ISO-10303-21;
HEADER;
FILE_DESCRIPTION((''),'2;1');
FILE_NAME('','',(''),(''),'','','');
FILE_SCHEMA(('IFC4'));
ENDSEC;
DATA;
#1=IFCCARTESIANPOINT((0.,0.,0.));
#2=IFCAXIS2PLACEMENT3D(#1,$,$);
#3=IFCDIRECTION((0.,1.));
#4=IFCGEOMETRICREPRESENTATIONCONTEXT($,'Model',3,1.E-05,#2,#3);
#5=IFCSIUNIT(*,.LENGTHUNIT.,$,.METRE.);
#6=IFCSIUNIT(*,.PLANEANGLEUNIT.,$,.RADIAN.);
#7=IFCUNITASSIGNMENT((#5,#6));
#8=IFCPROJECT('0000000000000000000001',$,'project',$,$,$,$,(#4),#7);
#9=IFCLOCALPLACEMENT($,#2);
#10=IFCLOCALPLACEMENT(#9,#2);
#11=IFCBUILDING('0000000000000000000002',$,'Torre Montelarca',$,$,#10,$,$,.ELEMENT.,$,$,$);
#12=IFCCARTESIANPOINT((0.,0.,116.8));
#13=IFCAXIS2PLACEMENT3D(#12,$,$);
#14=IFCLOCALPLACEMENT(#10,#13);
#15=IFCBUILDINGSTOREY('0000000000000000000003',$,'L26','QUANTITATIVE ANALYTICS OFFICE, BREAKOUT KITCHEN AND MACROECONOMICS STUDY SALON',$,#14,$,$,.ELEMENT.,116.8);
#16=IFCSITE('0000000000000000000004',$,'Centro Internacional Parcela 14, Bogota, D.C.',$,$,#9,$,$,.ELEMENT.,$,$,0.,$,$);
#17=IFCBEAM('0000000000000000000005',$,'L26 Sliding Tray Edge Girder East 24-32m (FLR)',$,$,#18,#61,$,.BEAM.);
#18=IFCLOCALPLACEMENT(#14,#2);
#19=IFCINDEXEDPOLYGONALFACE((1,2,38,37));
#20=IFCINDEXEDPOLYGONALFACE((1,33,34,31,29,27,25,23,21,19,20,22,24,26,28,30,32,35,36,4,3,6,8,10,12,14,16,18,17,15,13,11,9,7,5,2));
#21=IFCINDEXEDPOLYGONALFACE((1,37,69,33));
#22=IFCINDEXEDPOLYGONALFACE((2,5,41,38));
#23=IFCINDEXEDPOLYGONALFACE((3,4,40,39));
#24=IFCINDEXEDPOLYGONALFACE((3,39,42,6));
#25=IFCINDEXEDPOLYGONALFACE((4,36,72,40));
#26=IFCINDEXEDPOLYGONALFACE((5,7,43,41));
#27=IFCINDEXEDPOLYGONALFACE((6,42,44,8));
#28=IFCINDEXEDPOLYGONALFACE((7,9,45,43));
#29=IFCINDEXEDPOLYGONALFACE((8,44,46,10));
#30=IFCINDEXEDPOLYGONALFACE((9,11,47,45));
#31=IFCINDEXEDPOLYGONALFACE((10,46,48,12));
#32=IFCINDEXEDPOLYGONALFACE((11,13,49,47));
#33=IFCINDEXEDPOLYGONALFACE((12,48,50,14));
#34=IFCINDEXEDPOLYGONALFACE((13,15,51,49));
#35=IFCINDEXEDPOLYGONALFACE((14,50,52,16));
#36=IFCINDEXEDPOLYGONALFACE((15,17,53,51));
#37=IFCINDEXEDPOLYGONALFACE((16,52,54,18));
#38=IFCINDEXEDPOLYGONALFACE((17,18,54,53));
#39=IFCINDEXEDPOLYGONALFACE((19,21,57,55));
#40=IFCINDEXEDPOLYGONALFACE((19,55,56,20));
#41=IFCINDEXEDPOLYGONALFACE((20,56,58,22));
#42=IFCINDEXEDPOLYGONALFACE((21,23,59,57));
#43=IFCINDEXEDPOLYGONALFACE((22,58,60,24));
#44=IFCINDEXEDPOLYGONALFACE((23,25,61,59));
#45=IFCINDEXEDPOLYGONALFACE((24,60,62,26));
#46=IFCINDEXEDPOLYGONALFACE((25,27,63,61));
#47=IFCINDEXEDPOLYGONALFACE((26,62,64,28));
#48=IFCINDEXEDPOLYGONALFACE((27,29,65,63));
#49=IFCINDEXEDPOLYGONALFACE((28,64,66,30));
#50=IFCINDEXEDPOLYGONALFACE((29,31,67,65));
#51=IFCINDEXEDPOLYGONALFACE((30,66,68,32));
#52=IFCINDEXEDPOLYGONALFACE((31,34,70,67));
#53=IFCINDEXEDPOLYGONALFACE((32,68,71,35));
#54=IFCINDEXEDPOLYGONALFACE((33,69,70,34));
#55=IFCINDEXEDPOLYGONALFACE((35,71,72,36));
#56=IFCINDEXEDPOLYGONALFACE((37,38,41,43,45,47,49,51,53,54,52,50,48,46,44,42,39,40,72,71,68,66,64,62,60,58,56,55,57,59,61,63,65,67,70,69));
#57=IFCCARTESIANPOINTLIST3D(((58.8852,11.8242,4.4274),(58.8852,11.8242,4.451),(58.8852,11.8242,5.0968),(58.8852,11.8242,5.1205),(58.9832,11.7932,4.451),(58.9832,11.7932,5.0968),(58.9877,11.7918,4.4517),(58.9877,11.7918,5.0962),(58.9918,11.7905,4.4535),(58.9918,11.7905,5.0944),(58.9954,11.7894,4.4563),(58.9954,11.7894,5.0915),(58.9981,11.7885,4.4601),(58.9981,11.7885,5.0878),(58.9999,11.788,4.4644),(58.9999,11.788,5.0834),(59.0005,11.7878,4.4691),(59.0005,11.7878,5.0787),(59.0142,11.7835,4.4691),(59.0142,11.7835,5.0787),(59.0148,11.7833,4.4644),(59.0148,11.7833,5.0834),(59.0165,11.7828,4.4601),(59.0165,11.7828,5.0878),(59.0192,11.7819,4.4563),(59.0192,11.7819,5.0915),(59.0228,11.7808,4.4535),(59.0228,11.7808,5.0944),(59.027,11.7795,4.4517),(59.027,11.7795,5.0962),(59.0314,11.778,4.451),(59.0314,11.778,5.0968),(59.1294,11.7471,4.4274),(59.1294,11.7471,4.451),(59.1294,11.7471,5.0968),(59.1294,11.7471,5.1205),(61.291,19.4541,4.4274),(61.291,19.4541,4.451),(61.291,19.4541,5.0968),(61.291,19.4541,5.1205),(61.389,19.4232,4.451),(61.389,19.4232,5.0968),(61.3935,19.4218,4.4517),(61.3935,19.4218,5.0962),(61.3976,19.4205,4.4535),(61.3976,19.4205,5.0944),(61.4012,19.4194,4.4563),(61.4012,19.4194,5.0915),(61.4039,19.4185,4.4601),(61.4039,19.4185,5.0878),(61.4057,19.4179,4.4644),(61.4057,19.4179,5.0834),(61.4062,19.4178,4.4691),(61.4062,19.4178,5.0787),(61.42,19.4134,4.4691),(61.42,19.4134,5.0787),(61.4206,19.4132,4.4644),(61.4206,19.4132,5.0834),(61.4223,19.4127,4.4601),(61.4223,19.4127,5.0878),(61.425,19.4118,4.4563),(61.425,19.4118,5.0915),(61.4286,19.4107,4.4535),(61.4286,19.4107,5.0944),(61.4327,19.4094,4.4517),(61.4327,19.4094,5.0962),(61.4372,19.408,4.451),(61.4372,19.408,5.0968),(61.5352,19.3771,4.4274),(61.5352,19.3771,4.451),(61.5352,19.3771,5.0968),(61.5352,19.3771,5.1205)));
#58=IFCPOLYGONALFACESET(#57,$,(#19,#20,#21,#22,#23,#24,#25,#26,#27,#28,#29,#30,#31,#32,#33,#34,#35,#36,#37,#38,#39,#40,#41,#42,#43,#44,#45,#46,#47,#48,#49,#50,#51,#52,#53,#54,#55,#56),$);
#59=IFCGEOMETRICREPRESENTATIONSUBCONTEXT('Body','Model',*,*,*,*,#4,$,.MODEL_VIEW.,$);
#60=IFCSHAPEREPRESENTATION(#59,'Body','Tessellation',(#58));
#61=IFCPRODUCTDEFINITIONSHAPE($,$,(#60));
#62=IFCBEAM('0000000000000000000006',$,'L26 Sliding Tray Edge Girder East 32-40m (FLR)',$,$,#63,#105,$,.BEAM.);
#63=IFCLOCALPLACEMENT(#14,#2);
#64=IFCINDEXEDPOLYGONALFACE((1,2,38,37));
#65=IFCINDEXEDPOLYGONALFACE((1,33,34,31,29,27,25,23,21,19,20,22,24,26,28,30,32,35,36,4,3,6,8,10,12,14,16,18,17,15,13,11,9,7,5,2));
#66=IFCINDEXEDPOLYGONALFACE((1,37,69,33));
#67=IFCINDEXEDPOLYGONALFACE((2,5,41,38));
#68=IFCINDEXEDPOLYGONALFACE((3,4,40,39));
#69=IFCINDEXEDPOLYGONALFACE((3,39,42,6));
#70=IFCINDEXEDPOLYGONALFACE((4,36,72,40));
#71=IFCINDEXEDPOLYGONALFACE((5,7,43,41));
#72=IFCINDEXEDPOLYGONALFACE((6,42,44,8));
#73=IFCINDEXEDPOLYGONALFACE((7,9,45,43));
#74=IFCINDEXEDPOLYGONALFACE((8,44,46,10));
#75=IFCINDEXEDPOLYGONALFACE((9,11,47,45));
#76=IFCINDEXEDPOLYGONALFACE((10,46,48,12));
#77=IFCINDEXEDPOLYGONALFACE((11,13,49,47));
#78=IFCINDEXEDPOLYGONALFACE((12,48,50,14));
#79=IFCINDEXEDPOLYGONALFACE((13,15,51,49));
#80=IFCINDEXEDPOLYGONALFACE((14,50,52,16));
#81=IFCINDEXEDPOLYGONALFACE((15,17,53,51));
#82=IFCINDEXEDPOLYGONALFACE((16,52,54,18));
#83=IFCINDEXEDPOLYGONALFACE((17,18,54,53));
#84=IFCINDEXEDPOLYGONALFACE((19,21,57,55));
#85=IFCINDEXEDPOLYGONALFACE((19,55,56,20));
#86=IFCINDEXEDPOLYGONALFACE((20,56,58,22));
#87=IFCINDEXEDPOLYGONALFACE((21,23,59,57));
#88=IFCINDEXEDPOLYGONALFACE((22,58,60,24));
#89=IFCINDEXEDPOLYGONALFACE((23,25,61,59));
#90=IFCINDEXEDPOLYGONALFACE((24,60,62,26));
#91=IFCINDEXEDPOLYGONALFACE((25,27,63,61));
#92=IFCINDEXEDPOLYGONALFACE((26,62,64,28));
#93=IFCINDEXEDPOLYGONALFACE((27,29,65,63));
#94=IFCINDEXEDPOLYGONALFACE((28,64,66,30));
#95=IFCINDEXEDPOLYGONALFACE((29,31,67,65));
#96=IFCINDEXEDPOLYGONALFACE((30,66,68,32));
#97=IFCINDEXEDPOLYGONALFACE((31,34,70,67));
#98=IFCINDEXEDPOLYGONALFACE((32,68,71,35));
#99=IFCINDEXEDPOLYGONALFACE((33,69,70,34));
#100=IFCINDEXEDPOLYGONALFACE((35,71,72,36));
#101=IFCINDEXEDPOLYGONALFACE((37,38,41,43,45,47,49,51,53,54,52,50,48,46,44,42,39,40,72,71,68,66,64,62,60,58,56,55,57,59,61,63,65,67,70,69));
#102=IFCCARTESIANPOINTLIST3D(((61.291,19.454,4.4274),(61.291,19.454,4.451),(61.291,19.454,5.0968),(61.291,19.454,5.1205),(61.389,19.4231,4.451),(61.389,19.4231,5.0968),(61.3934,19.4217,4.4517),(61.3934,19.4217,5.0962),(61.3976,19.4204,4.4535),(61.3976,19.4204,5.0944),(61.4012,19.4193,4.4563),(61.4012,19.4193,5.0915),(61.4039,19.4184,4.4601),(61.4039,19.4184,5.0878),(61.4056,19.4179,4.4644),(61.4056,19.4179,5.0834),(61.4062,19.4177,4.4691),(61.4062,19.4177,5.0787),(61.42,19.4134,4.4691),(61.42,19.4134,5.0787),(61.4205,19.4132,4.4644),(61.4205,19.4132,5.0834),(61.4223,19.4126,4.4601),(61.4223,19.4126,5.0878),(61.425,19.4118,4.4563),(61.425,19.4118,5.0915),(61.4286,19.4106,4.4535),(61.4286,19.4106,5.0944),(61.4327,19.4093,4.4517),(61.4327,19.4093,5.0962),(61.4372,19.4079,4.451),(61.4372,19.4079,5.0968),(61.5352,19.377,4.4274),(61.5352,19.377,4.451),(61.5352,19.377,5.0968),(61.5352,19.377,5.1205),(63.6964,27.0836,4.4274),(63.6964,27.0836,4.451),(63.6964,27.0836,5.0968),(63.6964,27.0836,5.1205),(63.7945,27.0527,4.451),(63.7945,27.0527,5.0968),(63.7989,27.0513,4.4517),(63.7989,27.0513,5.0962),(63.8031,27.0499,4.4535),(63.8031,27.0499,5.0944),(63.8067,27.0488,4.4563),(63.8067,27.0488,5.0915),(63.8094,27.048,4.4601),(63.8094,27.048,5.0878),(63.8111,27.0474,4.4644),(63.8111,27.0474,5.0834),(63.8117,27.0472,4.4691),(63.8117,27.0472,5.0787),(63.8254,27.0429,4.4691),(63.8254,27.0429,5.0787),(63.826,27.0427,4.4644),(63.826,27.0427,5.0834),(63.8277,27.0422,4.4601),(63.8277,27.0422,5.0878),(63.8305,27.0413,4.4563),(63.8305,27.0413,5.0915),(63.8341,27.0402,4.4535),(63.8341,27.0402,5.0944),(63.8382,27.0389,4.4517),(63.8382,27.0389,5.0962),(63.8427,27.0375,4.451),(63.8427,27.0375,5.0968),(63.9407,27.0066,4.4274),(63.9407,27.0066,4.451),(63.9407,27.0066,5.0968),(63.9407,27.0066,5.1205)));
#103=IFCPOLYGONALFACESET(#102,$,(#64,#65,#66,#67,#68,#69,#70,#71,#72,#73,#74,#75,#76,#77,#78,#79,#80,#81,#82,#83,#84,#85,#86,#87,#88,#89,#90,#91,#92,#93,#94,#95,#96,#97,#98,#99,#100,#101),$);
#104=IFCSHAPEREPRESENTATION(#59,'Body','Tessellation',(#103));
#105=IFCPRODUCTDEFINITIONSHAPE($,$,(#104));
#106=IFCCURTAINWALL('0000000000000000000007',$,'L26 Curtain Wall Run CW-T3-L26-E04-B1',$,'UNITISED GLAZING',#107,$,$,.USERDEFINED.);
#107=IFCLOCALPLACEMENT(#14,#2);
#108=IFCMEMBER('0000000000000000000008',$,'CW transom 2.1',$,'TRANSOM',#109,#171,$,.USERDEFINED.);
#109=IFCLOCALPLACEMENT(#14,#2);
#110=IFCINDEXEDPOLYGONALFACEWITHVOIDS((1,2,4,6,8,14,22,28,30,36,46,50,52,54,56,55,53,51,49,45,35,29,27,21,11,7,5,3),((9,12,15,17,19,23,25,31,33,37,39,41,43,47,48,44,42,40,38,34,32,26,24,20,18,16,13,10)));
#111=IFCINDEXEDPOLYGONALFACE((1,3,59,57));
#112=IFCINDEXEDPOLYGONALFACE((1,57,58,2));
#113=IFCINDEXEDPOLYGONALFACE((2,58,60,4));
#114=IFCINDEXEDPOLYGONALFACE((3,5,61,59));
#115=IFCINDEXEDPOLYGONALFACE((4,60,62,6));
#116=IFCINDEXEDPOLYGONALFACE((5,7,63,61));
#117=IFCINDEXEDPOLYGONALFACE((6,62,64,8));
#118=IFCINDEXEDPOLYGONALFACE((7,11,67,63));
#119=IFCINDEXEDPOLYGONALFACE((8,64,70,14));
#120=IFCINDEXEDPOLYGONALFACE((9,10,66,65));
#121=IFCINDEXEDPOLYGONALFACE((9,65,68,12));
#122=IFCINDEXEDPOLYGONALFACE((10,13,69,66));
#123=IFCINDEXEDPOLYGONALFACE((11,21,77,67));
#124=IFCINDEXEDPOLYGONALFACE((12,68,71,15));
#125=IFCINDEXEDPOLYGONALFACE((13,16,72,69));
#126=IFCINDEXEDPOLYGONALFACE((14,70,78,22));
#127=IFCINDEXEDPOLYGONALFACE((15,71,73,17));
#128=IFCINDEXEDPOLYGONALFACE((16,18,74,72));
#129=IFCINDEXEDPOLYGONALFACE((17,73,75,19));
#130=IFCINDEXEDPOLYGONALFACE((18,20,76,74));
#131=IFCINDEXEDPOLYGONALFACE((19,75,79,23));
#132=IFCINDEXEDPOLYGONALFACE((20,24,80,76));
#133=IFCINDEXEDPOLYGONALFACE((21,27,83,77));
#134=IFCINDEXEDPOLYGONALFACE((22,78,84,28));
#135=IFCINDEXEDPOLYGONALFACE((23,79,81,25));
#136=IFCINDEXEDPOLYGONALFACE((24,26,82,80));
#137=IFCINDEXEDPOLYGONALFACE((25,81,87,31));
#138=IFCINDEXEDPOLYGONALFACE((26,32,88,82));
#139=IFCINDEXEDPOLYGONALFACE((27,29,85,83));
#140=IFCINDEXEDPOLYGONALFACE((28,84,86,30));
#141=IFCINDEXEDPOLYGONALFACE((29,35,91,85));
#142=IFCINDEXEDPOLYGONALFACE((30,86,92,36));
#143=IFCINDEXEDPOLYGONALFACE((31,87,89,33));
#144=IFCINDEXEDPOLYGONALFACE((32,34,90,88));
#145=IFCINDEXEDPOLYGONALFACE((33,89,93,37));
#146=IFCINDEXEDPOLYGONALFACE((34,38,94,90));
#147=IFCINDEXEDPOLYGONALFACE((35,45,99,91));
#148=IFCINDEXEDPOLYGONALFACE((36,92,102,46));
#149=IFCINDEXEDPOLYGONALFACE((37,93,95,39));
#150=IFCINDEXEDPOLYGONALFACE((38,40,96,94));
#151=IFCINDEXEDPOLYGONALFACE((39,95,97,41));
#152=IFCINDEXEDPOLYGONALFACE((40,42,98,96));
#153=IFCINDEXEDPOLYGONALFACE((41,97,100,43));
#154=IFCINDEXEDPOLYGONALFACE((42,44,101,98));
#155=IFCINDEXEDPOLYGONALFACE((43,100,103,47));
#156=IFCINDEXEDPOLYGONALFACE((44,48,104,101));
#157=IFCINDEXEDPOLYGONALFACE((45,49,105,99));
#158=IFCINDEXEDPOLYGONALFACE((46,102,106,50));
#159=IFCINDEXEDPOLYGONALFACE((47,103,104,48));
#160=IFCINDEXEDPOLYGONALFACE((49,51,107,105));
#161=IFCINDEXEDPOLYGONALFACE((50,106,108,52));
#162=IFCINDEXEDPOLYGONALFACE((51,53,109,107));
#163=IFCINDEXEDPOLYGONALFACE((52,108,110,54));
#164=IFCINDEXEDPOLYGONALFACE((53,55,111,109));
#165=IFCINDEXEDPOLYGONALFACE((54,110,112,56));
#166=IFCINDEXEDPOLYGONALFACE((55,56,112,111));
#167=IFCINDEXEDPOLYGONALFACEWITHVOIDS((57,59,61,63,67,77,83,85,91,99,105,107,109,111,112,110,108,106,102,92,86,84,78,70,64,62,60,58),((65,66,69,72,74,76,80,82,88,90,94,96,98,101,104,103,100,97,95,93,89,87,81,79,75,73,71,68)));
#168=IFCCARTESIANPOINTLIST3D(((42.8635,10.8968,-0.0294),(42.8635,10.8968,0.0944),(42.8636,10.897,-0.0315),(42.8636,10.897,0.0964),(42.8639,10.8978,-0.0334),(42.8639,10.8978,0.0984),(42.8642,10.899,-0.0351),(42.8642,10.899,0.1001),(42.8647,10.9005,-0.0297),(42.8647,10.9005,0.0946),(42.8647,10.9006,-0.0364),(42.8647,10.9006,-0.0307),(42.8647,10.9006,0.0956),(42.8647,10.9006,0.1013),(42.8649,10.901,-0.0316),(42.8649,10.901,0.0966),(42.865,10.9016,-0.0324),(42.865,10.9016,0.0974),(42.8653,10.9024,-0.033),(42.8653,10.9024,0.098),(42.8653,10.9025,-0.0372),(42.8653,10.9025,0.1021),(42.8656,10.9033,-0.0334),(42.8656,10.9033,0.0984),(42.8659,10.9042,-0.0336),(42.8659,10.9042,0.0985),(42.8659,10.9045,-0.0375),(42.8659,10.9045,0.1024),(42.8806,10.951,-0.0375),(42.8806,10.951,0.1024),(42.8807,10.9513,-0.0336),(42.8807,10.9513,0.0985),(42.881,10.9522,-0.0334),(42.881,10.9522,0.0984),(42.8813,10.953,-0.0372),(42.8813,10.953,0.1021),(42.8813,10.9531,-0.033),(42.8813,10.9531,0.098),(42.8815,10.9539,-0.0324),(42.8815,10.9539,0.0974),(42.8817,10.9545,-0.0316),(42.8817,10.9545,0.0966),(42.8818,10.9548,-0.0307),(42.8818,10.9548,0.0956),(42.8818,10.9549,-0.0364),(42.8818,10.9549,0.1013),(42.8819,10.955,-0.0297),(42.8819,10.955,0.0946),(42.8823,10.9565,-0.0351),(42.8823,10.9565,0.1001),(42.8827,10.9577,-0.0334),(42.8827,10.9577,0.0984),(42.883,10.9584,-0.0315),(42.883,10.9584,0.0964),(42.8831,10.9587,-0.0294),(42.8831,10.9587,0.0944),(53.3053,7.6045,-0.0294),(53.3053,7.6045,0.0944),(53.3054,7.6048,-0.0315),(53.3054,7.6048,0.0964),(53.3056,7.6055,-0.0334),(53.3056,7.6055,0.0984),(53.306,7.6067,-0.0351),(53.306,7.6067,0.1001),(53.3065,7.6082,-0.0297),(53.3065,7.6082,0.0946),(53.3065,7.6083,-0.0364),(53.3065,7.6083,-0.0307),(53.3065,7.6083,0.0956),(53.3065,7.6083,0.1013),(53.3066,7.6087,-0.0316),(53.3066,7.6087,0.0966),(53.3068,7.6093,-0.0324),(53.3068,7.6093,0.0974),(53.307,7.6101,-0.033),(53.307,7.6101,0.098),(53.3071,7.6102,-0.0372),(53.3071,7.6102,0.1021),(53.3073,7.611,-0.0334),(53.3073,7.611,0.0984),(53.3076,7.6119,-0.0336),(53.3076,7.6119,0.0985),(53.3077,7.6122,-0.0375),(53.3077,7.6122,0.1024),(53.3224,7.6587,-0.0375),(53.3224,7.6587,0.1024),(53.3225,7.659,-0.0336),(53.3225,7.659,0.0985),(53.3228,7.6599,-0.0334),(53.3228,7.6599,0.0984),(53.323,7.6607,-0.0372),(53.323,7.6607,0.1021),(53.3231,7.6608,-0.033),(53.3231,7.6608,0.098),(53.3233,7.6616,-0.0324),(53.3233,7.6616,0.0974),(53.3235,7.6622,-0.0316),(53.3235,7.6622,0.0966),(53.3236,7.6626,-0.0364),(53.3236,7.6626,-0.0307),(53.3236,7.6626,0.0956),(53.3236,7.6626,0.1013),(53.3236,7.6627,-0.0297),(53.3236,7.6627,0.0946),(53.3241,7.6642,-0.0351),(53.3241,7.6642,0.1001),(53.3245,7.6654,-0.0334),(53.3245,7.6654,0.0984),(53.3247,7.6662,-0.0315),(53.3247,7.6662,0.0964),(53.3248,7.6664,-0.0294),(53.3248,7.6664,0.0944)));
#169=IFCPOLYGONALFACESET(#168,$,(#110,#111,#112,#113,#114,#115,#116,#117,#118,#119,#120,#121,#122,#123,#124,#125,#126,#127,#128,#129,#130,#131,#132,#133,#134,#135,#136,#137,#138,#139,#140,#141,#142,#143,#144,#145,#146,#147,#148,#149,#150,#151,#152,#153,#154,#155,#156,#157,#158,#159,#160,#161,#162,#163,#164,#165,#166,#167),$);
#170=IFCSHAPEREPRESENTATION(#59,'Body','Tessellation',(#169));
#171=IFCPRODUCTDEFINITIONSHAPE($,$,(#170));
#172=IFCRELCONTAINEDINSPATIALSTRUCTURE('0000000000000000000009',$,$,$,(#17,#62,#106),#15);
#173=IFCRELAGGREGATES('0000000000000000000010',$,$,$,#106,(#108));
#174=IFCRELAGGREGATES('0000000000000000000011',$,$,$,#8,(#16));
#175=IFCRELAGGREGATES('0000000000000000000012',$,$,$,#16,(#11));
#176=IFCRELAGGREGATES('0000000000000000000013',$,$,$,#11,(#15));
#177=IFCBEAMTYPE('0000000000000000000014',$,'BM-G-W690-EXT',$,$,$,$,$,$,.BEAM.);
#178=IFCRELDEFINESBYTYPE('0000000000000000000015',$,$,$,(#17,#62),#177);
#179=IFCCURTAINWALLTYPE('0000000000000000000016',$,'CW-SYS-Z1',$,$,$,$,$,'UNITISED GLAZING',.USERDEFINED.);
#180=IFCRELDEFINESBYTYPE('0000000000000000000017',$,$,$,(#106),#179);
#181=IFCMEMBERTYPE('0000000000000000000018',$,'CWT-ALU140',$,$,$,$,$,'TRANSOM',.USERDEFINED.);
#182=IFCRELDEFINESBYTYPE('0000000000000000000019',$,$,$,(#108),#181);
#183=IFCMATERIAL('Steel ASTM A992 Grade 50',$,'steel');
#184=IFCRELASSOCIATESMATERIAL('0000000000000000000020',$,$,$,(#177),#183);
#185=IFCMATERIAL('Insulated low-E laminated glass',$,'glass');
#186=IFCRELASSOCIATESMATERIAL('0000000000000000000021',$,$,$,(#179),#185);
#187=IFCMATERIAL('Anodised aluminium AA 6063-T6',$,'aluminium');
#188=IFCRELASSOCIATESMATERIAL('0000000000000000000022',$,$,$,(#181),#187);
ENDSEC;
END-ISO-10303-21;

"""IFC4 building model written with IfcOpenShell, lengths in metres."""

from ifc_helpers import new_model, si_unit, direction, frame, origin, origin_2d, place, context, subcontext, project, spatial, hollow_rectangle, i_section, extrude, source, transform, mapped, material, material_profile, profile_set, type_object, element, aggregate, save


model = new_model("IFC4")

# Units and contexts
model_context = context("Model", 3, precision=1e-05, world=origin(), true_north=direction((0.0, 1.0)))
body_context = subcontext(model_context, "Body", "Model", "MODEL_VIEW")
ifc_project = project(units=[si_unit("LENGTHUNIT", "METRE"), si_unit("PLANEANGLEUNIT", "RADIAN")], contexts=[model_context])

# Site, building, storey
site_placement = place(None, origin())
site = spatial("IfcSite", under=ifc_project, at=site_placement, Name="Centro Internacional Parcela 14, Bogota, D.C.", CompositionType="ELEMENT", RefElevation=0.0)
building_placement = place(site_placement, origin())
building = spatial("IfcBuilding", under=site, at=building_placement, Name="Torre Montelarca", CompositionType="ELEMENT")
storey_placement = place(building_placement, frame((0.0, 0.0, 116.8)))
storey = spatial("IfcBuildingStorey", under=building, at=storey_placement, Name="L26", Description="QUANTITATIVE ANALYTICS OFFICE, BREAKOUT KITCHEN AND MACROECONOMICS STUDY SALON", CompositionType="ELEMENT", Elevation=116.8)

# Beams
ifc_material_1 = material(Name="Steel ASTM A992 Grade 50", Category="steel")
ifc_material_profile_1 = material_profile(ifc_material_1, i_section(OverallWidth=0.2561, OverallDepth=0.6931, WebThickness=0.0144, FlangeThickness=0.0237, FilletRadius=0.0181, at=origin_2d()), Name="W690X170", Category="steel")
ifc_profile_set_1 = profile_set([ifc_material_profile_1], Name="Steel ASTM A992 Grade 50")
beam_type_1 = type_object("IfcBeamType", Name="BM-G-W690-EXT", PredefinedType="BEAM", material=ifc_profile_set_1)
shared_shape_1 = source(origin(), body_context, "Body", "SweptSolid", [
    extrude(i_section(OverallWidth=0.2561, OverallDepth=0.6931, WebThickness=0.0144, FlangeThickness=0.0237, FilletRadius=0.0181, at=origin_2d()), origin(), (0.0, 0.0, 1.0), 8.0002),
])
beam_1_placement = place(storey_placement, frame((59.0073, 11.7856, 4.7739), z_axis=(0.300714, 0.953714, 0.0), x_axis=(-0.953714, 0.300714, 0.0)))
element("IfcBeam", 1, at=beam_1_placement, inside=storey, type_object=beam_type_1, Name="L26 Sliding Tray Edge Girder East 24-32m (FLR)", PredefinedType="BEAM", context=body_context, shape_type="MappedRepresentation", body=[
    mapped(shared_shape_1, transform((0.0, 0.0, 0.0), scale=1.0)),
])
shared_shape_2 = source(origin(), body_context, "Body", "SweptSolid", [
    extrude(i_section(OverallWidth=0.2561, OverallDepth=0.6931, WebThickness=0.0144, FlangeThickness=0.0237, FilletRadius=0.0181, at=origin_2d()), origin(), (0.0, 0.0, 1.0), 7.9998),
])
beam_2_placement = place(storey_placement, frame((61.4131, 19.4155, 4.7739), z_axis=(0.300695, 0.95372, 0.0), x_axis=(-0.95372, 0.300695, 0.0)))
element("IfcBeam", 2, at=beam_2_placement, inside=storey, type_object=beam_type_1, Name="L26 Sliding Tray Edge Girder East 32-40m (FLR)", PredefinedType="BEAM", context=body_context, shape_type="MappedRepresentation", body=[
    mapped(shared_shape_2, transform((0.0, 0.0, 0.0), scale=1.0)),
])

# Curtain wall, member
ifc_material_2 = material(Name="Insulated low-E laminated glass", Category="glass")
curtain_wall_type = type_object("IfcCurtainWallType", Name="CW-SYS-Z1", ElementType="UNITISED GLAZING", PredefinedType="USERDEFINED", material=ifc_material_2)
curtain_wall_1_placement = place(storey_placement, origin())
curtain_wall_1 = element("IfcCurtainWall", 3, at=curtain_wall_1_placement, inside=storey, type_object=curtain_wall_type, Name="L26 Curtain Wall Run CW-T3-L26-E04-B1", ObjectType="UNITISED GLAZING", PredefinedType="USERDEFINED")
ifc_material_3 = material(Name="Anodised aluminium AA 6063-T6", Category="aluminium")
ifc_material_profile_2 = material_profile(ifc_material_3, hollow_rectangle(XDim=0.0649, YDim=0.1399, WallThickness=0.0039, InnerFilletRadius=0.0039, OuterFilletRadius=0.0081, at=origin_2d()), Name="ALU65X140X4", Category="aluminium")
ifc_profile_set_2 = profile_set([ifc_material_profile_2], Name="Anodised aluminium AA 6063-T6")
member_type_1 = type_object("IfcMemberType", Name="CWT-ALU140", ElementType="TRANSOM", PredefinedType="USERDEFINED", material=ifc_profile_set_2)
shared_shape_3 = source(origin(), body_context, "Body", "SweptSolid", [
    extrude(hollow_rectangle(XDim=0.0649, YDim=0.1399, WallThickness=0.0039, InnerFilletRadius=0.0039, OuterFilletRadius=0.0081, at=origin_2d()), origin(), (0.0, 0.0, 1.0), 10.9485),
])
member_1_placement = place(storey_placement, frame((42.8733, 10.9277, 0.0325), z_axis=(0.953717, -0.300706, 0.0), x_axis=(0.300706, 0.953717, 0.0)))
member_1 = element("IfcMember", 4, at=member_1_placement, type_object=member_type_1, Name="CW transom 2.1", ObjectType="TRANSOM", PredefinedType="USERDEFINED", context=body_context, shape_type="MappedRepresentation", body=[
    mapped(shared_shape_3, transform((0.0, 0.0, 0.0), scale=1.0)),
])

aggregate(curtain_wall_1, [member_1])

save(model, "model.ifc")
